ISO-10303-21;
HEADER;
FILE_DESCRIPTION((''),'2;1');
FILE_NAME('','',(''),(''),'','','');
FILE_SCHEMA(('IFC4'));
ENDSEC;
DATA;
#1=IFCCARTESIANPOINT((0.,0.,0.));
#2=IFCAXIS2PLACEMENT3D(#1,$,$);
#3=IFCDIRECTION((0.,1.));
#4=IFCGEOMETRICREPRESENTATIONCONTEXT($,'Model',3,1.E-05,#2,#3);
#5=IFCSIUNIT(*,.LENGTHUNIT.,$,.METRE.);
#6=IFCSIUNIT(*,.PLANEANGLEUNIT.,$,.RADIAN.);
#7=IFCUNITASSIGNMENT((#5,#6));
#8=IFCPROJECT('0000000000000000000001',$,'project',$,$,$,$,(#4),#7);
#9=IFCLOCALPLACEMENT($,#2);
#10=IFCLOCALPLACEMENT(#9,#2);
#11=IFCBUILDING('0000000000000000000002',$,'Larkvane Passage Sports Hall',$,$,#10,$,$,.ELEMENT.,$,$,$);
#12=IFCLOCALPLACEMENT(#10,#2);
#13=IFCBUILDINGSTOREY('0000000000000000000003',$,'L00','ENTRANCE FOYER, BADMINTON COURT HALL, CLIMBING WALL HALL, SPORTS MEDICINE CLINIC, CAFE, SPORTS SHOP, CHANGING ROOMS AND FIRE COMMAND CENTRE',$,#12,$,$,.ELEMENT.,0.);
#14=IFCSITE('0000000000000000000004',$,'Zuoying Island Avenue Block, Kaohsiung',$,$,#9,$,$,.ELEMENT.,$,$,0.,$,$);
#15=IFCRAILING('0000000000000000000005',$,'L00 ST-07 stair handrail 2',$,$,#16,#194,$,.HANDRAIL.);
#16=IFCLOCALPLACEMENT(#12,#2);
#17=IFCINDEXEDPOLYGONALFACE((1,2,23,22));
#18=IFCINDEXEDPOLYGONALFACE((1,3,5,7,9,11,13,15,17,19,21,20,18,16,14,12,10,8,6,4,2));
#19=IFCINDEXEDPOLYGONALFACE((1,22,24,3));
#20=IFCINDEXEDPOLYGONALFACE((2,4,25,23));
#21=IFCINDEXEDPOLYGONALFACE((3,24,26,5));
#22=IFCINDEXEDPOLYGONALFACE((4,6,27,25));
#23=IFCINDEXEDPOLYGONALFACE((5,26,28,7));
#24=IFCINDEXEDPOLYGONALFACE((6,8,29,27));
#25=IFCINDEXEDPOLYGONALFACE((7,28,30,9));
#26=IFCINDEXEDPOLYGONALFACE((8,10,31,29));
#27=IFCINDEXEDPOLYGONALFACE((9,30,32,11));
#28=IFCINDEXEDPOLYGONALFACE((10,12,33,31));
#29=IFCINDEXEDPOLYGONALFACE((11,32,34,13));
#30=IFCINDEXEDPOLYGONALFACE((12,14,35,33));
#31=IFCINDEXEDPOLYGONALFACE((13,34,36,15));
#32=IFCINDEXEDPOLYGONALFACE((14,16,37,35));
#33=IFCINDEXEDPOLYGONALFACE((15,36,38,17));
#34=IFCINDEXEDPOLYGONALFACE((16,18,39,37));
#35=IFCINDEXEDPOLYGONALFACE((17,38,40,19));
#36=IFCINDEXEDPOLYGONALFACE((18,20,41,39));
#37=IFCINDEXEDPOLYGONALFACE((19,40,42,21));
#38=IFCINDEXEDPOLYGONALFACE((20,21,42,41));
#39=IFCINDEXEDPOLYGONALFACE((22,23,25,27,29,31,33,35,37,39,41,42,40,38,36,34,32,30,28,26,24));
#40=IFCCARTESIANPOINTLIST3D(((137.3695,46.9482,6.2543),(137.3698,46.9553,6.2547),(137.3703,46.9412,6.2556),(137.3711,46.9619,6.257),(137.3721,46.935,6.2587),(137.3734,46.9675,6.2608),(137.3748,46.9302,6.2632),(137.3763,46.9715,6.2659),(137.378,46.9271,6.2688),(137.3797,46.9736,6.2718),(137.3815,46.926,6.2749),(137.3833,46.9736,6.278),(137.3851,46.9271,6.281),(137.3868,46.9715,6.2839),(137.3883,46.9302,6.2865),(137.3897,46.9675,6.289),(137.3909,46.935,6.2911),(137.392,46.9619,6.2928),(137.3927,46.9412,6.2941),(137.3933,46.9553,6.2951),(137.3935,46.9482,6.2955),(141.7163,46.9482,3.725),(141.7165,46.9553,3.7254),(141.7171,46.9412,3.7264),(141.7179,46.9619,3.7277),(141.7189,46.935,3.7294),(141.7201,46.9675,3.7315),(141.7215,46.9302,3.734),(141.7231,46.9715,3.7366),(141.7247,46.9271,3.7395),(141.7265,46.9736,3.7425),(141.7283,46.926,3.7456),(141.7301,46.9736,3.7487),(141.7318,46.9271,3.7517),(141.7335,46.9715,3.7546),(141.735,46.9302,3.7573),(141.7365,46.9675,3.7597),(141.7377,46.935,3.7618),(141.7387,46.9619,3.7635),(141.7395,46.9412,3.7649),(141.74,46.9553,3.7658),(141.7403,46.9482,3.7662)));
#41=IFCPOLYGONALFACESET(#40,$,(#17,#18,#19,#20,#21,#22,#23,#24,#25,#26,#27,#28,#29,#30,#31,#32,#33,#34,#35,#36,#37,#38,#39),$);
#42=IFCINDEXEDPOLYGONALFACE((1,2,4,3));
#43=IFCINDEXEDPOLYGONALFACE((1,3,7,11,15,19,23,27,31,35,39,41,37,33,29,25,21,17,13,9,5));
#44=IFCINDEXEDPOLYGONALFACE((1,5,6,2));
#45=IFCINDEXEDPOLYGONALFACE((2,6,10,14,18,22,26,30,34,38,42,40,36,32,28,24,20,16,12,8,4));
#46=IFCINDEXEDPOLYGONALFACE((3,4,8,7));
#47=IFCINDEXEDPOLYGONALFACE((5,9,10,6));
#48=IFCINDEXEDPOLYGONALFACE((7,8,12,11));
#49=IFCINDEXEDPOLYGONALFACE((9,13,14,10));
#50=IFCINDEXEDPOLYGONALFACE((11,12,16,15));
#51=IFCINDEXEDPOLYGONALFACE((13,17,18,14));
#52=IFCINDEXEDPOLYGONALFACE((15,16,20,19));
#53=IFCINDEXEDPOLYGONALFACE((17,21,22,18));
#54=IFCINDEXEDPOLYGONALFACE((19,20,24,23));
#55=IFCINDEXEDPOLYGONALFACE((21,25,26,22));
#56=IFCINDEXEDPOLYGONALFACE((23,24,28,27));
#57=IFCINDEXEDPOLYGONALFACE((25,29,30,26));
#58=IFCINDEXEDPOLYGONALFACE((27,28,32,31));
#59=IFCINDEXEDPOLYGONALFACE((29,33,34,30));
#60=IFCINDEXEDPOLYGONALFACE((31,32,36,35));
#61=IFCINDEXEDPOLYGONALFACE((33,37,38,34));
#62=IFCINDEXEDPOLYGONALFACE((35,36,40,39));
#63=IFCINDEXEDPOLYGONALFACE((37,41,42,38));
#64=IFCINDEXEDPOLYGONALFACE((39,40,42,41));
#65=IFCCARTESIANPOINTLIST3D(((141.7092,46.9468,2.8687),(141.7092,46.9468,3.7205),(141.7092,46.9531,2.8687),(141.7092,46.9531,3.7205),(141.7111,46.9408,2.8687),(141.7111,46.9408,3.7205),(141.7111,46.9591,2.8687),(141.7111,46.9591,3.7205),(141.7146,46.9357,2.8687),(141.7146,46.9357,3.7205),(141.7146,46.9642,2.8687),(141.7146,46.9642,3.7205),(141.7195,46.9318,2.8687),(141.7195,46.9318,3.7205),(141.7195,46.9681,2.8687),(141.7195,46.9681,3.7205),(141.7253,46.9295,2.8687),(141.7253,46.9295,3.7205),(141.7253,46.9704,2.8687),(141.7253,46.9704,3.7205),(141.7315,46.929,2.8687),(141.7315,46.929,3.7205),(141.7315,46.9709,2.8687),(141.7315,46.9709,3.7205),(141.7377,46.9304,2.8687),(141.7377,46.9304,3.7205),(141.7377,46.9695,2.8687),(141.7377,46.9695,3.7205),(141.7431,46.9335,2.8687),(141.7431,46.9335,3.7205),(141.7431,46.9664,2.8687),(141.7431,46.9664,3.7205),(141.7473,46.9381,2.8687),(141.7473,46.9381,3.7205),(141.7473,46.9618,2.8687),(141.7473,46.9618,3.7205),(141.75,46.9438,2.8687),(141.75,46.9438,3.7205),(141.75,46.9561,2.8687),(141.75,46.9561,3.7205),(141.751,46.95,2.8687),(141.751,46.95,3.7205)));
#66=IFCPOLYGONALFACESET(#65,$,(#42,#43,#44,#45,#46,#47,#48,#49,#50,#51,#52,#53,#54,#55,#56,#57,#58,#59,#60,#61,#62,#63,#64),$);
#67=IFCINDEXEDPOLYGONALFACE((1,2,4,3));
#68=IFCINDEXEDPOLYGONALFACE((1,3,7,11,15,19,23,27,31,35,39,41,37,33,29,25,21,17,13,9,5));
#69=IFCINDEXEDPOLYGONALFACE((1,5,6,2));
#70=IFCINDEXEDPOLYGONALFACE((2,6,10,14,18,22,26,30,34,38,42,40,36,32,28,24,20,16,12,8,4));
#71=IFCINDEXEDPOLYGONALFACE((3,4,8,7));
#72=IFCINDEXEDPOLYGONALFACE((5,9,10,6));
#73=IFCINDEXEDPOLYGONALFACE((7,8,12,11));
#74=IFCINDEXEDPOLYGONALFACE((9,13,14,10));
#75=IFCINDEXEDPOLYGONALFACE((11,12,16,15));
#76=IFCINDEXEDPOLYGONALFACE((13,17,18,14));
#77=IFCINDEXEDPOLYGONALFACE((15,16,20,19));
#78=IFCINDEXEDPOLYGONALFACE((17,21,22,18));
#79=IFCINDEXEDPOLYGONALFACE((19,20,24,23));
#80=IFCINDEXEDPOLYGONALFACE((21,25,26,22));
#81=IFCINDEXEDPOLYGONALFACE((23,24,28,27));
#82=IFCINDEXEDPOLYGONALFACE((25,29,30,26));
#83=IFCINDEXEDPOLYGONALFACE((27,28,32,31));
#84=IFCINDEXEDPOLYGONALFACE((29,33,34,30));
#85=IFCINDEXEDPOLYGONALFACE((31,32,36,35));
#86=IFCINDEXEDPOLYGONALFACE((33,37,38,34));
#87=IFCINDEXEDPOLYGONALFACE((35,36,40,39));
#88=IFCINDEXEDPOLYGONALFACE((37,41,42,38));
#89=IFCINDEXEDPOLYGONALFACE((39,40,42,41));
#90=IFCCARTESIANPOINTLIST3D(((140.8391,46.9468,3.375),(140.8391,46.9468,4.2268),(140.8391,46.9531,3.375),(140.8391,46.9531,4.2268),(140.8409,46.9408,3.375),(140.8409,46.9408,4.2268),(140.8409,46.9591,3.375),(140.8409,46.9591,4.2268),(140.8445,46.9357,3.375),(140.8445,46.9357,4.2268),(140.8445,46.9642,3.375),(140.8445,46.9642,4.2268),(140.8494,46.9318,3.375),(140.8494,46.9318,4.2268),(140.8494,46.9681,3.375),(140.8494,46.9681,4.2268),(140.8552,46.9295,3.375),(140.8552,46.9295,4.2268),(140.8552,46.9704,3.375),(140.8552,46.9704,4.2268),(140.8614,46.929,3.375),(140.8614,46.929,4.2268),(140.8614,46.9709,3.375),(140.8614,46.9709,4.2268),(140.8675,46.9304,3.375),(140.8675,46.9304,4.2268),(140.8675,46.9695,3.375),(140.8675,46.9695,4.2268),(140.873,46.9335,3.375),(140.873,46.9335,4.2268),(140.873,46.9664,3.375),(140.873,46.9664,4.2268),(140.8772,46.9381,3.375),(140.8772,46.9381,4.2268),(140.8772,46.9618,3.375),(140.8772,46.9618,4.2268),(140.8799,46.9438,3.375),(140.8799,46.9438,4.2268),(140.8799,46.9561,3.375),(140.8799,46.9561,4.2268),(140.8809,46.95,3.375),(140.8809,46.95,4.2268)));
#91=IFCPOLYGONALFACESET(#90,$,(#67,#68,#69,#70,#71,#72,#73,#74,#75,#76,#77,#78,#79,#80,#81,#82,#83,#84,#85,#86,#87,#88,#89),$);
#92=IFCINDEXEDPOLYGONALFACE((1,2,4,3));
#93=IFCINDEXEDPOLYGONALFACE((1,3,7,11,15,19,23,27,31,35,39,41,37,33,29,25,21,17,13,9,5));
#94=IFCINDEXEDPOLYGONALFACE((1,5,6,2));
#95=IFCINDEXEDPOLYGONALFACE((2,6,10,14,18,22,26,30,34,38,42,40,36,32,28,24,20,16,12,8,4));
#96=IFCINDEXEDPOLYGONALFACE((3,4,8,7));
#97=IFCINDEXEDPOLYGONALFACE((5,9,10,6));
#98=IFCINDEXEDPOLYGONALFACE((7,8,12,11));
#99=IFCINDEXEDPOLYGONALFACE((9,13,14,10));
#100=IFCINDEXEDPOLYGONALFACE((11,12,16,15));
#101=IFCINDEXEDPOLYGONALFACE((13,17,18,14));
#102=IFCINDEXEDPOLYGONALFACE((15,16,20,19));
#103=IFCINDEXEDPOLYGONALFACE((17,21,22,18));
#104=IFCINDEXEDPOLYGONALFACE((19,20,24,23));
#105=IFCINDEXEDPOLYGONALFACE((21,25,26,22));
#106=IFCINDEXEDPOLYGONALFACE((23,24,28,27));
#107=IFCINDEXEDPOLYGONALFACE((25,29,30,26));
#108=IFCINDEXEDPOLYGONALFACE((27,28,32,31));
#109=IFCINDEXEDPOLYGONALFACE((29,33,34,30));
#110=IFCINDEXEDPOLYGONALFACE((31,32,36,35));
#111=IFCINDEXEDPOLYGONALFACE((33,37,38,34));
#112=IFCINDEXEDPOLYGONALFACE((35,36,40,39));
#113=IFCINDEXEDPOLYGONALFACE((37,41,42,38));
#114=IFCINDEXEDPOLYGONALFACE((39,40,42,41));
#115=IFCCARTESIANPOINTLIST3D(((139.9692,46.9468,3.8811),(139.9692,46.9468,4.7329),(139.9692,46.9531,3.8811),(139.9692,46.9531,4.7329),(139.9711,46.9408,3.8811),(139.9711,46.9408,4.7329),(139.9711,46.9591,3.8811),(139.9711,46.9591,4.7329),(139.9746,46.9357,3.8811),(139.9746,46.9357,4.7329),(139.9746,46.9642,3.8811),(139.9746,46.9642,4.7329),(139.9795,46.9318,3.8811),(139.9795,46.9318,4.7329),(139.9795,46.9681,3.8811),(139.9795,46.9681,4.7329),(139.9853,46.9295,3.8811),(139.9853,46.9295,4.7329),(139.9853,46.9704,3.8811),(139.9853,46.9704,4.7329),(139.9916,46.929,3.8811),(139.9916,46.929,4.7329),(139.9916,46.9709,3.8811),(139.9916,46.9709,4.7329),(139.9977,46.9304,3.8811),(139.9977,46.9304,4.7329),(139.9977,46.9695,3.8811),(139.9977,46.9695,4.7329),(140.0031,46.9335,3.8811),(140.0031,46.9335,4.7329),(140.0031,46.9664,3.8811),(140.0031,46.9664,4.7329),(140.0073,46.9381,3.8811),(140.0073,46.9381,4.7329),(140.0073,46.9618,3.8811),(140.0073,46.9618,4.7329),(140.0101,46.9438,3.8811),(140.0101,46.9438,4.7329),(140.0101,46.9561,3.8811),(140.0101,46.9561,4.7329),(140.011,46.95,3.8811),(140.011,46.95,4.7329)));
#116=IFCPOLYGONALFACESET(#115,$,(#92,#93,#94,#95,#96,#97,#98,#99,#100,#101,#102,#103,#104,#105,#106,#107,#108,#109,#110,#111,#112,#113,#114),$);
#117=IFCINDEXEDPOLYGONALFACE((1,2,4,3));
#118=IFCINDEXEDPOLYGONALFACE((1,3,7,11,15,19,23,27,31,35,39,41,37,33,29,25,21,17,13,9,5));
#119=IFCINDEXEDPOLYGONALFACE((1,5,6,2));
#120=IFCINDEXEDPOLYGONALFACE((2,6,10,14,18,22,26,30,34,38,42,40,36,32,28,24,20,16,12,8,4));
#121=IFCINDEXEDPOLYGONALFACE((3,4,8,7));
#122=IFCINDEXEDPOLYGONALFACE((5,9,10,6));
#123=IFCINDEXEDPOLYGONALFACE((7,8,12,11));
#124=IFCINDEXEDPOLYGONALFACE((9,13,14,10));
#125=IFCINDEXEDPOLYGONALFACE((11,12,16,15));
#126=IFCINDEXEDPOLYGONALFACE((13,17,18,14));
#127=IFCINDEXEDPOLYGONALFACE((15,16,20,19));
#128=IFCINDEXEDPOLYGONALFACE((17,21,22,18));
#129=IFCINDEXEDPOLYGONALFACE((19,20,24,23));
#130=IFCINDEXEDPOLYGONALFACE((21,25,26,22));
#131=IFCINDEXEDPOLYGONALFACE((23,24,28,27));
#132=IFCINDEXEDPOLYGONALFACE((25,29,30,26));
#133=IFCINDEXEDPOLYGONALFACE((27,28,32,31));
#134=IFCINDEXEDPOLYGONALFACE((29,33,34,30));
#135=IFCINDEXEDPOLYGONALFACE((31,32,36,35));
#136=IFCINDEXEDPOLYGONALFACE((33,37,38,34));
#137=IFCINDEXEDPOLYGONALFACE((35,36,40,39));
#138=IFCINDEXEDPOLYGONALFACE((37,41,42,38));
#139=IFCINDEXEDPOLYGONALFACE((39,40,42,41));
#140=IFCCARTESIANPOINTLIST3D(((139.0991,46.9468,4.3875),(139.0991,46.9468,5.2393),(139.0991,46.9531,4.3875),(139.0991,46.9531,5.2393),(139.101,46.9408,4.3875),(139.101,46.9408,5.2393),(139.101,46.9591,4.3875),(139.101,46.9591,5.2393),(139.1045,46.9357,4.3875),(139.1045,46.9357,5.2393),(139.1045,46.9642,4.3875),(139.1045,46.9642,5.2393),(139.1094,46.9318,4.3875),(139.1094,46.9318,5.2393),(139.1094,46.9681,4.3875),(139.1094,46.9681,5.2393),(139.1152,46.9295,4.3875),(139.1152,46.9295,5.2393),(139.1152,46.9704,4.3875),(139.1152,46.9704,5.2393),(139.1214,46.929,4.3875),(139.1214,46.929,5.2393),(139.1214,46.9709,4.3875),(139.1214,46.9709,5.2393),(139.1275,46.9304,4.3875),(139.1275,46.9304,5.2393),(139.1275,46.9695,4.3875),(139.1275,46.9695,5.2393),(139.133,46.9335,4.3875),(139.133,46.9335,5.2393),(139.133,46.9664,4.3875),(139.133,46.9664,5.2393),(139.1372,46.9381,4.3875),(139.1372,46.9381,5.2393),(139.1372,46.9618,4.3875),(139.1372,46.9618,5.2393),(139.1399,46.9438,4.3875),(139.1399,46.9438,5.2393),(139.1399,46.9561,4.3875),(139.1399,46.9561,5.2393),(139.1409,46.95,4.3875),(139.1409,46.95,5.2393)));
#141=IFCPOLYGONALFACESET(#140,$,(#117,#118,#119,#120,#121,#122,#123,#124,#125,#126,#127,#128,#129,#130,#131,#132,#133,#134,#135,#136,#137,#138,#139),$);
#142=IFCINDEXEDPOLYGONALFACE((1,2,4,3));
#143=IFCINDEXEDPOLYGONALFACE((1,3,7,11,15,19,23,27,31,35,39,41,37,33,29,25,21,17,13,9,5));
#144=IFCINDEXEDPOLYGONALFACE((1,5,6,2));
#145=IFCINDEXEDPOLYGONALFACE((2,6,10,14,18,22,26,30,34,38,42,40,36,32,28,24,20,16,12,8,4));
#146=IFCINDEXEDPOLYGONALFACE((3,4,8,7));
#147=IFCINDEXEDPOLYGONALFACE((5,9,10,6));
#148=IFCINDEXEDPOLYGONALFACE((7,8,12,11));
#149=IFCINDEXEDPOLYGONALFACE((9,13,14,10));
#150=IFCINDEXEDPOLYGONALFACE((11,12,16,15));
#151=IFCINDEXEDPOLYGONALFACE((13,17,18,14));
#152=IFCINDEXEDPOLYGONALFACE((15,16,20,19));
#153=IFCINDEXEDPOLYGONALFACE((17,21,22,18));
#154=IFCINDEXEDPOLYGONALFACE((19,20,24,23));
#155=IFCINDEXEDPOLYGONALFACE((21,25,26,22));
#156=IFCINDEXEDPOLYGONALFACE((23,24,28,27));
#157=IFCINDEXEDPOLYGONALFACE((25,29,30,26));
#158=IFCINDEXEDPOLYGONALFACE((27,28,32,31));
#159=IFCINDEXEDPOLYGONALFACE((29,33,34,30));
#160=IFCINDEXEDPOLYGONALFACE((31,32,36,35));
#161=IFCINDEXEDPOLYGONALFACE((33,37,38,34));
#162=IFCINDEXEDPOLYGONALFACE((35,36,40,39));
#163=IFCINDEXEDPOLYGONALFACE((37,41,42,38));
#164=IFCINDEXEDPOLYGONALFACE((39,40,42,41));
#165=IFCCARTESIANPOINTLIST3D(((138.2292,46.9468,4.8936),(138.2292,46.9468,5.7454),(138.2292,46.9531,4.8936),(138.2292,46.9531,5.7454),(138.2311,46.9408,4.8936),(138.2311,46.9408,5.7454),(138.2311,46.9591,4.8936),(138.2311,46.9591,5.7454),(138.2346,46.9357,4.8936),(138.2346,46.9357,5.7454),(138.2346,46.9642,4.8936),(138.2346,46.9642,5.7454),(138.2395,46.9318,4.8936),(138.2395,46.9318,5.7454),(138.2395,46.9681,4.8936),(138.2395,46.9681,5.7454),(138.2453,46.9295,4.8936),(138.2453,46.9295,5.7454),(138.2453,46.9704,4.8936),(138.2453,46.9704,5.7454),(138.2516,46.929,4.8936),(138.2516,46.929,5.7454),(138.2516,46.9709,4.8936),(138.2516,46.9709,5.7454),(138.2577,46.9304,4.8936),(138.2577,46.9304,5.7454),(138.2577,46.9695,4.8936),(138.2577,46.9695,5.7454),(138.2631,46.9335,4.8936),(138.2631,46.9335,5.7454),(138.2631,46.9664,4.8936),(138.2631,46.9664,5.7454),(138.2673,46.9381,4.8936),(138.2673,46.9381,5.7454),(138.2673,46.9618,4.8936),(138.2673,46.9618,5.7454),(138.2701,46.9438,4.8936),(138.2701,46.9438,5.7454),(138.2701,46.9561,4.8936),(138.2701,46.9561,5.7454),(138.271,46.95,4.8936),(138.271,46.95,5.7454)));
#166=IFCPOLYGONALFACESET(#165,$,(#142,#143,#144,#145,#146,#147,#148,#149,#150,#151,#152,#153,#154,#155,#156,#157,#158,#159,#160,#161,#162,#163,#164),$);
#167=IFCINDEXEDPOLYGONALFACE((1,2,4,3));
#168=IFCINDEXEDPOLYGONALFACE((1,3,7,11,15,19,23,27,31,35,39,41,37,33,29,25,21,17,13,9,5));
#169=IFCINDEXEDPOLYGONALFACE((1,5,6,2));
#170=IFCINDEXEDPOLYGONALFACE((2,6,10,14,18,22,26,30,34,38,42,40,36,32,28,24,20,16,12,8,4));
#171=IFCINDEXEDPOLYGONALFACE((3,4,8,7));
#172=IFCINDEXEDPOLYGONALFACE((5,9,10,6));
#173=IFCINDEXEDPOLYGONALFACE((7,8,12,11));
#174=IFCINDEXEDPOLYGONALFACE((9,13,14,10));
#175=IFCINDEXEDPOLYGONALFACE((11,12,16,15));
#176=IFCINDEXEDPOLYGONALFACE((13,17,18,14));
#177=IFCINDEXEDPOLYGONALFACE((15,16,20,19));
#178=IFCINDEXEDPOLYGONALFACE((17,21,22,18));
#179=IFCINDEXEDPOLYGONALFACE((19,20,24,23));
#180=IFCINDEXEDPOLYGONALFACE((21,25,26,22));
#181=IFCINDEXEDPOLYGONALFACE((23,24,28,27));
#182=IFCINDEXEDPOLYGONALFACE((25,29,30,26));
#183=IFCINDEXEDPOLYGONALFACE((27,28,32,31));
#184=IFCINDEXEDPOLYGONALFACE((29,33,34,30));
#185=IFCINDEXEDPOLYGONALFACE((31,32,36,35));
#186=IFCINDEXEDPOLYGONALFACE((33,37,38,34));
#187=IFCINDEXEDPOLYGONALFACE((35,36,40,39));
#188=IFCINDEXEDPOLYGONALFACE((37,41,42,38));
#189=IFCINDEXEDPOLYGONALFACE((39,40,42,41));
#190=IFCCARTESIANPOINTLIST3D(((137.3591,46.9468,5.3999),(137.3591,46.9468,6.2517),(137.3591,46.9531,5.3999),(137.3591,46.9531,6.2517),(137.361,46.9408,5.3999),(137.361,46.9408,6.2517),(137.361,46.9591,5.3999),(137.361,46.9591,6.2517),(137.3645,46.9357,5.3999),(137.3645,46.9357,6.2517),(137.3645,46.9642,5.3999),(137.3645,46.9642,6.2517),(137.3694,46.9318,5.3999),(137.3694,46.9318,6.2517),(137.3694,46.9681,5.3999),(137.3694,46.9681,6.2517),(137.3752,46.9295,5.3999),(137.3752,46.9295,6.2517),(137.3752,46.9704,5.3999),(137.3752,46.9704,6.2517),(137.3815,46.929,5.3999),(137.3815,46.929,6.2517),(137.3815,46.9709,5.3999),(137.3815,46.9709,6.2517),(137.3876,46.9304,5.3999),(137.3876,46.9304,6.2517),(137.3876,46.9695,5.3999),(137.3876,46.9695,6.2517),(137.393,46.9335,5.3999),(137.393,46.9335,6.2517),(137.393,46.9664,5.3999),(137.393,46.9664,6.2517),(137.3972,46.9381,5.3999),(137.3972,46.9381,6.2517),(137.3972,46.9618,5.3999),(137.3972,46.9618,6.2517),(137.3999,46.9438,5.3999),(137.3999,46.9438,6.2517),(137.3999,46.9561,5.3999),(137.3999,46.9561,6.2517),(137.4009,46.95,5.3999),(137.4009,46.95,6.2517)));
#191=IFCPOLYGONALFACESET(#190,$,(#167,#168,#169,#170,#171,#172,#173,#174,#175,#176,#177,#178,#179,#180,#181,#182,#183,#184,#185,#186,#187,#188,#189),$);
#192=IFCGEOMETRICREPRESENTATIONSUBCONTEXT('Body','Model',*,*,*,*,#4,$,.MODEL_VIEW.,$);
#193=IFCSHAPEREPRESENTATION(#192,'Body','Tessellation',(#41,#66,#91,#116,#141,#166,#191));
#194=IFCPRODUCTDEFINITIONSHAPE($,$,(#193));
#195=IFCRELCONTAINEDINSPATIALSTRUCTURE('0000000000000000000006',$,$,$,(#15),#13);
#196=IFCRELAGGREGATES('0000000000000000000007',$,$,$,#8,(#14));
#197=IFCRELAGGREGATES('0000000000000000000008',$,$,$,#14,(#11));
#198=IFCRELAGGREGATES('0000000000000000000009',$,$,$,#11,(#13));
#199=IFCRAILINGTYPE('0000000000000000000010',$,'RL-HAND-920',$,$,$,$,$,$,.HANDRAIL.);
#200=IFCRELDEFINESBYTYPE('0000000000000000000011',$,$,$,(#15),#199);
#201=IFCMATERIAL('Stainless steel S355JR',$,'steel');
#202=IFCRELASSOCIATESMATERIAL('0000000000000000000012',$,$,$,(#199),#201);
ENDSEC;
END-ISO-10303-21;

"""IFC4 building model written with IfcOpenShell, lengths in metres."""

from ifc_helpers import new_model, si_unit, direction, frame, origin, origin_2d, place, context, subcontext, project, spatial, circle, extrude, material, type_object, element, save


model = new_model("IFC4")

# Units and contexts
model_context = context("Model", 3, precision=1e-05, world=origin(), true_north=direction((0.0, 1.0)))
body_context = subcontext(model_context, "Body", "Model", "MODEL_VIEW")
ifc_project = project(units=[si_unit("LENGTHUNIT", "METRE"), si_unit("PLANEANGLEUNIT", "RADIAN")], contexts=[model_context])

# Site, building, storey
site_placement = place(None, origin())
site = spatial("IfcSite", under=ifc_project, at=site_placement, Name="Zuoying Island Avenue Block, Kaohsiung", CompositionType="ELEMENT", RefElevation=0.0)
building_placement = place(site_placement, origin())
building = spatial("IfcBuilding", under=site, at=building_placement, Name="Larkvane Passage Sports Hall", CompositionType="ELEMENT")
storey_placement = place(building_placement, origin())
storey = spatial("IfcBuildingStorey", under=building, at=storey_placement, Name="L00", Description="ENTRANCE FOYER, BADMINTON COURT HALL, CLIMBING WALL HALL, SPORTS MEDICINE CLINIC, CAFE, SPORTS SHOP, CHANGING ROOMS AND FIRE COMMAND CENTRE", CompositionType="ELEMENT", Elevation=0.0)

# Railing
ifc_material_1 = material(Name="Stainless steel S355JR", Category="steel")
railing_type_1 = type_object("IfcRailingType", Name="RL-HAND-920", PredefinedType="HANDRAIL", material=ifc_material_1)
railing_1_placement = place(storey_placement, frame((141.73, 46.95, 2.8687)))
element("IfcRailing", 1, at=railing_1_placement, inside=storey, type_object=railing_type_1, Name="L00 ST-07 stair handrail 2", PredefinedType="HANDRAIL", context=body_context, shape_type="SweptSolid", body=[
    extrude(circle(Radius=0.0239, at=origin_2d()), frame((-0.0017, 0.0, 0.877), z_axis=(-0.864324, 0.0, 0.502936), x_axis=(0.0, -1.0, 0.0)), (0.0, 0.0, 1.0), 5.0291),
    extrude(circle(Radius=0.021, at=origin_2d()), origin(), (0.0, 0.0, 1.0), 0.8518),
    extrude(circle(Radius=0.021, at=origin_2d()), frame((-0.8701, 0.0, 0.5063)), (0.0, 0.0, 1.0), 0.8518),
    extrude(circle(Radius=0.021, at=origin_2d()), frame((-1.74, 0.0, 1.0125)), (0.0, 0.0, 1.0), 0.8518),
    extrude(circle(Radius=0.021, at=origin_2d()), frame((-2.6101, 0.0, 1.5188)), (0.0, 0.0, 1.0), 0.8518),
    extrude(circle(Radius=0.021, at=origin_2d()), frame((-3.48, 0.0, 2.0249)), (0.0, 0.0, 1.0), 0.8518),
    extrude(circle(Radius=0.021, at=origin_2d()), frame((-4.3501, 0.0, 2.5312)), (0.0, 0.0, 1.0), 0.8518),
])

save(model, "model.ifc")
